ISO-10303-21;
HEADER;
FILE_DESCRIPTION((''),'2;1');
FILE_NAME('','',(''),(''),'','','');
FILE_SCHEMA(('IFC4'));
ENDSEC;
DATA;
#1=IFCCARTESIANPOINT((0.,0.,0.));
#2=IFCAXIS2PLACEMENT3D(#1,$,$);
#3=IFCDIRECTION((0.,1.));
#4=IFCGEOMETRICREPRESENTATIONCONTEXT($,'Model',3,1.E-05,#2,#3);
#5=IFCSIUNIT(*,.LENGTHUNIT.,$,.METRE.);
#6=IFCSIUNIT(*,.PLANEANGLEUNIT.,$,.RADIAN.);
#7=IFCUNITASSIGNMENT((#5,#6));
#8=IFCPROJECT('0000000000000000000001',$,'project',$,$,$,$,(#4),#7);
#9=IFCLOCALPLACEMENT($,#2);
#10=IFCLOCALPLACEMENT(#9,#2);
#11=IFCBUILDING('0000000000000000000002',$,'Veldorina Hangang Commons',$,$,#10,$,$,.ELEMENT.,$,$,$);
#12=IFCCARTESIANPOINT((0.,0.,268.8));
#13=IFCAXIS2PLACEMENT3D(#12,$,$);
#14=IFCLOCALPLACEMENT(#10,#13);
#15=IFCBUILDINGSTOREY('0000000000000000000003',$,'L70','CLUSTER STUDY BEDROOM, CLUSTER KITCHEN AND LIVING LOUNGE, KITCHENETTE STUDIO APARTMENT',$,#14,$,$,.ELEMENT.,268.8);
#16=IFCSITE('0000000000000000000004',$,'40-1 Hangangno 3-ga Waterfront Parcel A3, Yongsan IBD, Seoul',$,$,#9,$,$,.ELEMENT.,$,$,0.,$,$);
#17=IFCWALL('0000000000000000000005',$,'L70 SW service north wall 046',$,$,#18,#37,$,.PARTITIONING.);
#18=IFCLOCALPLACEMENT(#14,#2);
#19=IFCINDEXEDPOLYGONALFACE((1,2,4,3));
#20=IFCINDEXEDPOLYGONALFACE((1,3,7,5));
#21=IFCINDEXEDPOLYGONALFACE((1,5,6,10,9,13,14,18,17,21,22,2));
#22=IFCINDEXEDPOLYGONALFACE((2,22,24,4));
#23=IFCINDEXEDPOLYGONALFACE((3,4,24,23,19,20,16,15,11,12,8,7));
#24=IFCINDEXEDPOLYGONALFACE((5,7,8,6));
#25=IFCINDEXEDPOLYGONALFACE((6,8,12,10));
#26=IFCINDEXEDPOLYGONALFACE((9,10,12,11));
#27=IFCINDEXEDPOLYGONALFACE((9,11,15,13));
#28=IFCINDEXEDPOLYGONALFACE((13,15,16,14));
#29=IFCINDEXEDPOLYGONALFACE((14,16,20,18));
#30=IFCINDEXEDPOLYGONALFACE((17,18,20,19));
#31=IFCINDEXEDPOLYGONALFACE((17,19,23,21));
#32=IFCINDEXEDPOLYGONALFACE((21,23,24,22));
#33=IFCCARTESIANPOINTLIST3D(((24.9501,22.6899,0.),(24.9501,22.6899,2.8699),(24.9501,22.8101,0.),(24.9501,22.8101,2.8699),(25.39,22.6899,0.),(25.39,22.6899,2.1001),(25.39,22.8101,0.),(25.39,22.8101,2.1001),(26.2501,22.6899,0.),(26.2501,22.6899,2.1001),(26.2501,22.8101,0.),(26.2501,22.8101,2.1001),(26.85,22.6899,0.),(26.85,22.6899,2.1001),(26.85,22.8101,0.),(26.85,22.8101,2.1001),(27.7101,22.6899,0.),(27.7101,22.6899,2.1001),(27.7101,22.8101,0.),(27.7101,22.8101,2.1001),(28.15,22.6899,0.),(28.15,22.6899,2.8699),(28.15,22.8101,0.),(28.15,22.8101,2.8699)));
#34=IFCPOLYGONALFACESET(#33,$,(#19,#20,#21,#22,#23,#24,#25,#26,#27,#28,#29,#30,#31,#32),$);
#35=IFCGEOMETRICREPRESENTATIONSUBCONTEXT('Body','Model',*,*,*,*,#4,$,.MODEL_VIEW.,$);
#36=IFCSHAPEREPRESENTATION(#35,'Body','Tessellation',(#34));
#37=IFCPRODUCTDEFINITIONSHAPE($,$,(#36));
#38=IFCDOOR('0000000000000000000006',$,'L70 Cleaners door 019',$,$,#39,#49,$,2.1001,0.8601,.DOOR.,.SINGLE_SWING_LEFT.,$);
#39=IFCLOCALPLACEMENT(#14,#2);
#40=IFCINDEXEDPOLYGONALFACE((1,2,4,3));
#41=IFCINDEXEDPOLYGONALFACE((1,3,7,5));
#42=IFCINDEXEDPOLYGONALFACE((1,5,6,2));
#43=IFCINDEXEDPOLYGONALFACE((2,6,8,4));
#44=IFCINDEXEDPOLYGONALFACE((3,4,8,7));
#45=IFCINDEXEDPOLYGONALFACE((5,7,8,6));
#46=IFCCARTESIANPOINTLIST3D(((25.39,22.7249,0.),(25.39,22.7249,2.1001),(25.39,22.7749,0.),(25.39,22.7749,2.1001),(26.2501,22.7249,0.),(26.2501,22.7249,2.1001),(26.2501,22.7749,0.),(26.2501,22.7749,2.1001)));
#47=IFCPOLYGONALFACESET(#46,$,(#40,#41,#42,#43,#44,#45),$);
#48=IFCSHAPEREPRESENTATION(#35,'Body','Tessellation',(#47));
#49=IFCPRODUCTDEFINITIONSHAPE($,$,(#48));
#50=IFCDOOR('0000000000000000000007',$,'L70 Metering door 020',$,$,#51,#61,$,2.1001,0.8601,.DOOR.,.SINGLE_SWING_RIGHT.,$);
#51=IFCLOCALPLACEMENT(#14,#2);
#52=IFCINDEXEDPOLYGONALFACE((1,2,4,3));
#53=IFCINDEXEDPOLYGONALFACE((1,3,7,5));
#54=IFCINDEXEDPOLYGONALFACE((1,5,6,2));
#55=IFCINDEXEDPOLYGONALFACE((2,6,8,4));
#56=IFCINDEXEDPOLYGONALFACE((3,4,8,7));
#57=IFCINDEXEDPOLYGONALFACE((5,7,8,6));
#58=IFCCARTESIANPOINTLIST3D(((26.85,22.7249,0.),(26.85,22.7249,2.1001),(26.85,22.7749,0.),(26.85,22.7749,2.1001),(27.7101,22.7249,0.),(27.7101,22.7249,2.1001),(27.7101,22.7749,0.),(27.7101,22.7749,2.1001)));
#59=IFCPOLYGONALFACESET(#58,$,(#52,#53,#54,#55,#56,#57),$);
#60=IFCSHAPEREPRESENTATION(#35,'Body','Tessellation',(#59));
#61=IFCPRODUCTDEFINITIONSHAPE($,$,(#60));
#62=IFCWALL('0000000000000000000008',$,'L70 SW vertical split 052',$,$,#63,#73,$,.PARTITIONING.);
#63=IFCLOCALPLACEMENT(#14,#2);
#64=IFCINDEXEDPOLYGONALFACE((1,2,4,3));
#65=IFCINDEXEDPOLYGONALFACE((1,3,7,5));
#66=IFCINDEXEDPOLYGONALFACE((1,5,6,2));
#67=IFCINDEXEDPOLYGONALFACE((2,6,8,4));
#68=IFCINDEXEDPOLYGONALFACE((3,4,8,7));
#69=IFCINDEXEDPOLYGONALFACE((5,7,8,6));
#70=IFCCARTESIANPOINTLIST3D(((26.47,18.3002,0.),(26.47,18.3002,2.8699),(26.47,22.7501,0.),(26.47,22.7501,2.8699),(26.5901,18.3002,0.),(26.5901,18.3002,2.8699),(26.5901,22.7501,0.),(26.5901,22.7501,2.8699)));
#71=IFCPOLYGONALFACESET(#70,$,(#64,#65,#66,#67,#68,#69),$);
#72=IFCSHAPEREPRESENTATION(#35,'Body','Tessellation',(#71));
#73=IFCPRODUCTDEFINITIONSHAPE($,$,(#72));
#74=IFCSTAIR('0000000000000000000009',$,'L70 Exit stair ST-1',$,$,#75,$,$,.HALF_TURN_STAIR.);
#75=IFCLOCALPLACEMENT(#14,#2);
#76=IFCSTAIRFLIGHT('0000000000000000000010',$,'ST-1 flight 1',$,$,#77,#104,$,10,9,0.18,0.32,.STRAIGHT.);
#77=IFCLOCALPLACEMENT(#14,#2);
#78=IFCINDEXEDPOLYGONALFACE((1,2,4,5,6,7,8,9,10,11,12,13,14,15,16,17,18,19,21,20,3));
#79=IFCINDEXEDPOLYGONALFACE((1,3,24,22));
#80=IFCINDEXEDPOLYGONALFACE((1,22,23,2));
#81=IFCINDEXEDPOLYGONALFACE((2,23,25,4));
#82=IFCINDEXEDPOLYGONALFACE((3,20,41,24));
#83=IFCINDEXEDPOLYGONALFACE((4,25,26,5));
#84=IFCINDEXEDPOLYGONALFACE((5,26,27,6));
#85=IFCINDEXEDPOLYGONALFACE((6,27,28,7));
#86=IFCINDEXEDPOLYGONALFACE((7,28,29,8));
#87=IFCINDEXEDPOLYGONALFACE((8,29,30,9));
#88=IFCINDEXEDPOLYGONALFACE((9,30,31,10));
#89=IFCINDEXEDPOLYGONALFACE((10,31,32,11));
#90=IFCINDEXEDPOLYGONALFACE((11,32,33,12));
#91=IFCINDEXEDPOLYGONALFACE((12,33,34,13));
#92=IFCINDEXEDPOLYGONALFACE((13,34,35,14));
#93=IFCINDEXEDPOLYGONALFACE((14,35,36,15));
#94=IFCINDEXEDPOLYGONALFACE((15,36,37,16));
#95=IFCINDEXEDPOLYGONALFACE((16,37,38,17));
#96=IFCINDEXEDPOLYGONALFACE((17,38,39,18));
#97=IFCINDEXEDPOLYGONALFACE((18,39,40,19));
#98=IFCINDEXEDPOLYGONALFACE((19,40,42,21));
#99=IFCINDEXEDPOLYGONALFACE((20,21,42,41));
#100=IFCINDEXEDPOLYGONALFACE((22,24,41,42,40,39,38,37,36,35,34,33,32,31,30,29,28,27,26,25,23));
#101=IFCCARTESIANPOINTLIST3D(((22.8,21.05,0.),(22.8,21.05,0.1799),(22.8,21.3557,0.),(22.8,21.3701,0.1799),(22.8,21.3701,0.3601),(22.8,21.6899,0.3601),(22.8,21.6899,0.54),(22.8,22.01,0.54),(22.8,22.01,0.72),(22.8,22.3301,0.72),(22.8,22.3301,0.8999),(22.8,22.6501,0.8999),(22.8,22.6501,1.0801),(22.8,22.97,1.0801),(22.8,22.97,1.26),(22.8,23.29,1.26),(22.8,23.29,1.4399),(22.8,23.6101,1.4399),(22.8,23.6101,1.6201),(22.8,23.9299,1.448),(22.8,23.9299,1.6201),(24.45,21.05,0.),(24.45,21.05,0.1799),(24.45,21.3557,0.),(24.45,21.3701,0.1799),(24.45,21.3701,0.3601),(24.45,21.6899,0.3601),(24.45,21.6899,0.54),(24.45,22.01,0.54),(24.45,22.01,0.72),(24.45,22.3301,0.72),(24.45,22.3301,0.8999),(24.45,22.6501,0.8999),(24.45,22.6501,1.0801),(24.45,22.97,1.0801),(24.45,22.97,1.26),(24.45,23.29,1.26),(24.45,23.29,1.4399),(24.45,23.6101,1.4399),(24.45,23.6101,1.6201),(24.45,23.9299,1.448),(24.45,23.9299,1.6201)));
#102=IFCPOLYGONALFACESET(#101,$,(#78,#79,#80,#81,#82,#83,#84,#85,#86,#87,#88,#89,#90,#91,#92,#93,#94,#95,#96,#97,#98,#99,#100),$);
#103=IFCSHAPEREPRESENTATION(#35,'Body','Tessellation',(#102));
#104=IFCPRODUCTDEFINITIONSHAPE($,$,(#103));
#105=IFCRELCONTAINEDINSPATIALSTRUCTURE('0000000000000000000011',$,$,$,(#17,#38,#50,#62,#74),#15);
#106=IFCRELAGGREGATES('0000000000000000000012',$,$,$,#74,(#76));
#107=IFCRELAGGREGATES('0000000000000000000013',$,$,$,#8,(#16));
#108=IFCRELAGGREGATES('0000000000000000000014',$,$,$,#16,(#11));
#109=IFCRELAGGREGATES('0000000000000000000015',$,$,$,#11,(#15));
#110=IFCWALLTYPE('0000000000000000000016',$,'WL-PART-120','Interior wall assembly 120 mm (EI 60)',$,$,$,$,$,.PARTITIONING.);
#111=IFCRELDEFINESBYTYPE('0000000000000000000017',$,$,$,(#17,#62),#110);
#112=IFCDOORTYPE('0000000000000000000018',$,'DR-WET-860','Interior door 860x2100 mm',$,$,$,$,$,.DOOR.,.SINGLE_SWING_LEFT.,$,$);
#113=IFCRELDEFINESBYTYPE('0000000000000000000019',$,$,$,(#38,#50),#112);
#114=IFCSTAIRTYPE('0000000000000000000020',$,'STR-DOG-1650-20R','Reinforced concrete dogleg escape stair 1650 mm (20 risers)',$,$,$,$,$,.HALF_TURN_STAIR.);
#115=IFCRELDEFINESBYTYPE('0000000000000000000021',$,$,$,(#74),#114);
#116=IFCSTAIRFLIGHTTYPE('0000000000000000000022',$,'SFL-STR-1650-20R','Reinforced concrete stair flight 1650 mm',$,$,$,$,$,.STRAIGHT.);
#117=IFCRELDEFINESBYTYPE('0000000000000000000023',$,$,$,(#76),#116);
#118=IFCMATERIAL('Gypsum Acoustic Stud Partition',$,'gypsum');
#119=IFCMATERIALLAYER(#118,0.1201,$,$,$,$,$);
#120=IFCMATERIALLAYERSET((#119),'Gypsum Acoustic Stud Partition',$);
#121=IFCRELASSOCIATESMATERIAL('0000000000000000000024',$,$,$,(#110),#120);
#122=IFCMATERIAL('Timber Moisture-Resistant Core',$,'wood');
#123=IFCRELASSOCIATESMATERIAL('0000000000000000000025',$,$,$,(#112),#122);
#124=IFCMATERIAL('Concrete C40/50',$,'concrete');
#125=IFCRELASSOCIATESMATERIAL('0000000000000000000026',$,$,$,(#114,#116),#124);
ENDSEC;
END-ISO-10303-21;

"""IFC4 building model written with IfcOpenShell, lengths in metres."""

from ifc_helpers import new_model, si_unit, direction, frame, frame_2d, origin, place, context, subcontext, project, spatial, polyline, rectangle, outline, extrude, material, layer, layer_set, type_object, element, fill, aggregate, save


model = new_model("IFC4")

# Units and contexts
model_context = context("Model", 3, precision=1e-05, world=origin(), true_north=direction((0.0, 1.0)))
body_context = subcontext(model_context, "Body", "Model", "MODEL_VIEW")
ifc_project = project(units=[si_unit("LENGTHUNIT", "METRE"), si_unit("PLANEANGLEUNIT", "RADIAN")], contexts=[model_context])

# Site, building, storey
site_placement = place(None, origin())
site = spatial("IfcSite", under=ifc_project, at=site_placement, Name="40-1 Hangangno 3-ga Waterfront Parcel A3, Yongsan IBD, Seoul", CompositionType="ELEMENT", RefElevation=0.0)
building_placement = place(site_placement, origin())
building = spatial("IfcBuilding", under=site, at=building_placement, Name="Veldorina Hangang Commons", CompositionType="ELEMENT")
storey_placement = place(building_placement, frame((0.0, 0.0, 268.8)))
storey = spatial("IfcBuildingStorey", under=building, at=storey_placement, Name="L70", Description="CLUSTER STUDY BEDROOM, CLUSTER KITCHEN AND LIVING LOUNGE, KITCHENETTE STUDIO APARTMENT", CompositionType="ELEMENT", Elevation=268.8)

# Wall, openings, doors
ifc_material_1 = material(Name="Gypsum Acoustic Stud Partition", Category="gypsum")
ifc_layer_1 = layer(ifc_material_1, 0.1201)
ifc_layer_set_1 = layer_set([ifc_layer_1], Name="Gypsum Acoustic Stud Partition")
wall_type_1 = type_object("IfcWallType", Name="WL-PART-120", Description="Interior wall assembly 120 mm (EI 60)", PredefinedType="PARTITIONING", material=ifc_layer_set_1)
wall_1_placement = place(storey_placement, frame((24.95, 22.75, 0.0), z_axis=(0.0, 0.0, 1.0), x_axis=(1.0, 0.0, 0.0)))
wall_1 = element("IfcWall", 1, at=wall_1_placement, inside=storey, type_object=wall_type_1, Name="L70 SW service north wall 046", PredefinedType="PARTITIONING", context=body_context, shape_type="SweptSolid", body=[
    extrude(rectangle(XDim=3.2, YDim=0.1201, at=frame_2d((1.6001, 0.0))), origin(), (0.0, 0.0, 1.0), 2.8699),
])
opening_1_placement = place(wall_1_placement, frame((0.4399, 0.0, 0.0)))
opening_1 = element("IfcOpeningElement", 2, at=opening_1_placement, cuts=wall_1, PredefinedType="OPENING", context=body_context, shape_type="SweptSolid", body=[
    extrude(rectangle(XDim=0.8601, YDim=2.1001, at=frame_2d((0.4302, 1.05))), frame((0.0, 0.0701, 0.0), z_axis=(0.0, -1.0, 0.0), x_axis=(1.0, 0.0, 0.0)), (0.0, 0.0, 1.0), 0.1401),
])
opening_2_placement = place(wall_1_placement, frame((1.8999, 0.0, 0.0)))
opening_2 = element("IfcOpeningElement", 3, at=opening_2_placement, cuts=wall_1, PredefinedType="OPENING", context=body_context, shape_type="SweptSolid", body=[
    extrude(rectangle(XDim=0.8601, YDim=2.1001, at=frame_2d((0.4302, 1.05))), frame((0.0, 0.0701, 0.0), z_axis=(0.0, -1.0, 0.0), x_axis=(1.0, 0.0, 0.0)), (0.0, 0.0, 1.0), 0.1401),
])
ifc_material_2 = material(Name="Timber Moisture-Resistant Core", Category="wood")
door_type_1 = type_object("IfcDoorType", Name="DR-WET-860", Description="Interior door 860x2100 mm", OperationType="SINGLE_SWING_LEFT", PredefinedType="DOOR", material=ifc_material_2)
door_1_placement = place(opening_1_placement, origin())
door_1 = element("IfcDoor", 4, at=door_1_placement, inside=storey, type_object=door_type_1, Name="L70 Cleaners door 019", OperationType="SINGLE_SWING_LEFT", OverallHeight=2.1001, OverallWidth=0.8601, PredefinedType="DOOR", context=body_context, shape_type="SweptSolid", body=[
    extrude(rectangle(XDim=0.8601, YDim=2.1001, at=frame_2d((0.4302, 1.05))), frame((0.0, 0.0249, 0.0), z_axis=(0.0, -1.0, 0.0), x_axis=(1.0, 0.0, 0.0)), (0.0, 0.0, 1.0), 0.05),
])
fill(opening_1, door_1)
door_2_placement = place(opening_2_placement, origin())
door_2 = element("IfcDoor", 5, at=door_2_placement, inside=storey, type_object=door_type_1, Name="L70 Metering door 020", OperationType="SINGLE_SWING_RIGHT", OverallHeight=2.1001, OverallWidth=0.8601, PredefinedType="DOOR", context=body_context, shape_type="SweptSolid", body=[
    extrude(rectangle(XDim=0.8601, YDim=2.1001, at=frame_2d((0.4302, 1.05))), frame((0.0, 0.0249, 0.0), z_axis=(0.0, -1.0, 0.0), x_axis=(1.0, 0.0, 0.0)), (0.0, 0.0, 1.0), 0.05),
])
fill(opening_2, door_2)

# Wall
wall_2_placement = place(storey_placement, frame((26.53, 18.3, 0.0), z_axis=(0.0, 0.0, 1.0), x_axis=(0.0, 1.0, 0.0)))
element("IfcWall", 6, at=wall_2_placement, inside=storey, type_object=wall_type_1, Name="L70 SW vertical split 052", PredefinedType="PARTITIONING", context=body_context, shape_type="SweptSolid", body=[
    extrude(rectangle(XDim=4.45, YDim=0.1201, at=frame_2d((2.2251, 0.0))), origin(), (0.0, 0.0, 1.0), 2.8699),
])

# Stair, stair flight
ifc_material_3 = material(Name="Concrete C40/50", Category="concrete")
stair_type = type_object("IfcStairType", Name="STR-DOG-1650-20R", Description="Reinforced concrete dogleg escape stair 1650 mm (20 risers)", PredefinedType="HALF_TURN_STAIR", material=ifc_material_3)
stair_placement = place(storey_placement, origin())
stair = element("IfcStair", 7, at=stair_placement, inside=storey, type_object=stair_type, Name="L70 Exit stair ST-1", PredefinedType="HALF_TURN_STAIR")
stair_flight_type = type_object("IfcStairFlightType", Name="SFL-STR-1650-20R", Description="Reinforced concrete stair flight 1650 mm", PredefinedType="STRAIGHT", material=ifc_material_3)
stair_flight_placement = place(storey_placement, frame((23.625, 21.05, 0.0), z_axis=(0.0, 0.0, 1.0), x_axis=(0.0, 1.0, 0.0)))
stair_flight = element("IfcStairFlight", 8, at=stair_flight_placement, type_object=stair_flight_type, Name="ST-1 flight 1", NumberOfRisers=10, NumberOfTreads=9, PredefinedType="STRAIGHT", RiserHeight=0.18, TreadLength=0.32, context=body_context, shape_type="SweptSolid", body=[
    extrude(outline(polyline([(0.0, 0.0), (0.0, 0.1799), (0.3201, 0.1799), (0.3201, 0.3601), (0.6399, 0.3601), (0.6399, 0.54), (0.96, 0.54), (0.96, 0.72), (1.28, 0.72), (1.28, 0.8999), (1.6001, 0.8999), (1.6001, 1.0801), (1.9199, 1.0801), (1.9199, 1.26), (2.24, 1.26), (2.24, 1.4399), (2.5601, 1.4399), (2.5601, 1.6201), (2.8799, 1.6201), (2.8799, 1.8), (2.8799, 1.448), (0.3057, 0.0), (0.0, 0.0)])), frame((0.0, 0.825, 0.0), z_axis=(0.0, -1.0, 0.0), x_axis=(1.0, 0.0, 0.0)), (0.0, 0.0, 1.0), 1.6499),
])
aggregate(stair, [stair_flight])

save(model, "model.ifc")
